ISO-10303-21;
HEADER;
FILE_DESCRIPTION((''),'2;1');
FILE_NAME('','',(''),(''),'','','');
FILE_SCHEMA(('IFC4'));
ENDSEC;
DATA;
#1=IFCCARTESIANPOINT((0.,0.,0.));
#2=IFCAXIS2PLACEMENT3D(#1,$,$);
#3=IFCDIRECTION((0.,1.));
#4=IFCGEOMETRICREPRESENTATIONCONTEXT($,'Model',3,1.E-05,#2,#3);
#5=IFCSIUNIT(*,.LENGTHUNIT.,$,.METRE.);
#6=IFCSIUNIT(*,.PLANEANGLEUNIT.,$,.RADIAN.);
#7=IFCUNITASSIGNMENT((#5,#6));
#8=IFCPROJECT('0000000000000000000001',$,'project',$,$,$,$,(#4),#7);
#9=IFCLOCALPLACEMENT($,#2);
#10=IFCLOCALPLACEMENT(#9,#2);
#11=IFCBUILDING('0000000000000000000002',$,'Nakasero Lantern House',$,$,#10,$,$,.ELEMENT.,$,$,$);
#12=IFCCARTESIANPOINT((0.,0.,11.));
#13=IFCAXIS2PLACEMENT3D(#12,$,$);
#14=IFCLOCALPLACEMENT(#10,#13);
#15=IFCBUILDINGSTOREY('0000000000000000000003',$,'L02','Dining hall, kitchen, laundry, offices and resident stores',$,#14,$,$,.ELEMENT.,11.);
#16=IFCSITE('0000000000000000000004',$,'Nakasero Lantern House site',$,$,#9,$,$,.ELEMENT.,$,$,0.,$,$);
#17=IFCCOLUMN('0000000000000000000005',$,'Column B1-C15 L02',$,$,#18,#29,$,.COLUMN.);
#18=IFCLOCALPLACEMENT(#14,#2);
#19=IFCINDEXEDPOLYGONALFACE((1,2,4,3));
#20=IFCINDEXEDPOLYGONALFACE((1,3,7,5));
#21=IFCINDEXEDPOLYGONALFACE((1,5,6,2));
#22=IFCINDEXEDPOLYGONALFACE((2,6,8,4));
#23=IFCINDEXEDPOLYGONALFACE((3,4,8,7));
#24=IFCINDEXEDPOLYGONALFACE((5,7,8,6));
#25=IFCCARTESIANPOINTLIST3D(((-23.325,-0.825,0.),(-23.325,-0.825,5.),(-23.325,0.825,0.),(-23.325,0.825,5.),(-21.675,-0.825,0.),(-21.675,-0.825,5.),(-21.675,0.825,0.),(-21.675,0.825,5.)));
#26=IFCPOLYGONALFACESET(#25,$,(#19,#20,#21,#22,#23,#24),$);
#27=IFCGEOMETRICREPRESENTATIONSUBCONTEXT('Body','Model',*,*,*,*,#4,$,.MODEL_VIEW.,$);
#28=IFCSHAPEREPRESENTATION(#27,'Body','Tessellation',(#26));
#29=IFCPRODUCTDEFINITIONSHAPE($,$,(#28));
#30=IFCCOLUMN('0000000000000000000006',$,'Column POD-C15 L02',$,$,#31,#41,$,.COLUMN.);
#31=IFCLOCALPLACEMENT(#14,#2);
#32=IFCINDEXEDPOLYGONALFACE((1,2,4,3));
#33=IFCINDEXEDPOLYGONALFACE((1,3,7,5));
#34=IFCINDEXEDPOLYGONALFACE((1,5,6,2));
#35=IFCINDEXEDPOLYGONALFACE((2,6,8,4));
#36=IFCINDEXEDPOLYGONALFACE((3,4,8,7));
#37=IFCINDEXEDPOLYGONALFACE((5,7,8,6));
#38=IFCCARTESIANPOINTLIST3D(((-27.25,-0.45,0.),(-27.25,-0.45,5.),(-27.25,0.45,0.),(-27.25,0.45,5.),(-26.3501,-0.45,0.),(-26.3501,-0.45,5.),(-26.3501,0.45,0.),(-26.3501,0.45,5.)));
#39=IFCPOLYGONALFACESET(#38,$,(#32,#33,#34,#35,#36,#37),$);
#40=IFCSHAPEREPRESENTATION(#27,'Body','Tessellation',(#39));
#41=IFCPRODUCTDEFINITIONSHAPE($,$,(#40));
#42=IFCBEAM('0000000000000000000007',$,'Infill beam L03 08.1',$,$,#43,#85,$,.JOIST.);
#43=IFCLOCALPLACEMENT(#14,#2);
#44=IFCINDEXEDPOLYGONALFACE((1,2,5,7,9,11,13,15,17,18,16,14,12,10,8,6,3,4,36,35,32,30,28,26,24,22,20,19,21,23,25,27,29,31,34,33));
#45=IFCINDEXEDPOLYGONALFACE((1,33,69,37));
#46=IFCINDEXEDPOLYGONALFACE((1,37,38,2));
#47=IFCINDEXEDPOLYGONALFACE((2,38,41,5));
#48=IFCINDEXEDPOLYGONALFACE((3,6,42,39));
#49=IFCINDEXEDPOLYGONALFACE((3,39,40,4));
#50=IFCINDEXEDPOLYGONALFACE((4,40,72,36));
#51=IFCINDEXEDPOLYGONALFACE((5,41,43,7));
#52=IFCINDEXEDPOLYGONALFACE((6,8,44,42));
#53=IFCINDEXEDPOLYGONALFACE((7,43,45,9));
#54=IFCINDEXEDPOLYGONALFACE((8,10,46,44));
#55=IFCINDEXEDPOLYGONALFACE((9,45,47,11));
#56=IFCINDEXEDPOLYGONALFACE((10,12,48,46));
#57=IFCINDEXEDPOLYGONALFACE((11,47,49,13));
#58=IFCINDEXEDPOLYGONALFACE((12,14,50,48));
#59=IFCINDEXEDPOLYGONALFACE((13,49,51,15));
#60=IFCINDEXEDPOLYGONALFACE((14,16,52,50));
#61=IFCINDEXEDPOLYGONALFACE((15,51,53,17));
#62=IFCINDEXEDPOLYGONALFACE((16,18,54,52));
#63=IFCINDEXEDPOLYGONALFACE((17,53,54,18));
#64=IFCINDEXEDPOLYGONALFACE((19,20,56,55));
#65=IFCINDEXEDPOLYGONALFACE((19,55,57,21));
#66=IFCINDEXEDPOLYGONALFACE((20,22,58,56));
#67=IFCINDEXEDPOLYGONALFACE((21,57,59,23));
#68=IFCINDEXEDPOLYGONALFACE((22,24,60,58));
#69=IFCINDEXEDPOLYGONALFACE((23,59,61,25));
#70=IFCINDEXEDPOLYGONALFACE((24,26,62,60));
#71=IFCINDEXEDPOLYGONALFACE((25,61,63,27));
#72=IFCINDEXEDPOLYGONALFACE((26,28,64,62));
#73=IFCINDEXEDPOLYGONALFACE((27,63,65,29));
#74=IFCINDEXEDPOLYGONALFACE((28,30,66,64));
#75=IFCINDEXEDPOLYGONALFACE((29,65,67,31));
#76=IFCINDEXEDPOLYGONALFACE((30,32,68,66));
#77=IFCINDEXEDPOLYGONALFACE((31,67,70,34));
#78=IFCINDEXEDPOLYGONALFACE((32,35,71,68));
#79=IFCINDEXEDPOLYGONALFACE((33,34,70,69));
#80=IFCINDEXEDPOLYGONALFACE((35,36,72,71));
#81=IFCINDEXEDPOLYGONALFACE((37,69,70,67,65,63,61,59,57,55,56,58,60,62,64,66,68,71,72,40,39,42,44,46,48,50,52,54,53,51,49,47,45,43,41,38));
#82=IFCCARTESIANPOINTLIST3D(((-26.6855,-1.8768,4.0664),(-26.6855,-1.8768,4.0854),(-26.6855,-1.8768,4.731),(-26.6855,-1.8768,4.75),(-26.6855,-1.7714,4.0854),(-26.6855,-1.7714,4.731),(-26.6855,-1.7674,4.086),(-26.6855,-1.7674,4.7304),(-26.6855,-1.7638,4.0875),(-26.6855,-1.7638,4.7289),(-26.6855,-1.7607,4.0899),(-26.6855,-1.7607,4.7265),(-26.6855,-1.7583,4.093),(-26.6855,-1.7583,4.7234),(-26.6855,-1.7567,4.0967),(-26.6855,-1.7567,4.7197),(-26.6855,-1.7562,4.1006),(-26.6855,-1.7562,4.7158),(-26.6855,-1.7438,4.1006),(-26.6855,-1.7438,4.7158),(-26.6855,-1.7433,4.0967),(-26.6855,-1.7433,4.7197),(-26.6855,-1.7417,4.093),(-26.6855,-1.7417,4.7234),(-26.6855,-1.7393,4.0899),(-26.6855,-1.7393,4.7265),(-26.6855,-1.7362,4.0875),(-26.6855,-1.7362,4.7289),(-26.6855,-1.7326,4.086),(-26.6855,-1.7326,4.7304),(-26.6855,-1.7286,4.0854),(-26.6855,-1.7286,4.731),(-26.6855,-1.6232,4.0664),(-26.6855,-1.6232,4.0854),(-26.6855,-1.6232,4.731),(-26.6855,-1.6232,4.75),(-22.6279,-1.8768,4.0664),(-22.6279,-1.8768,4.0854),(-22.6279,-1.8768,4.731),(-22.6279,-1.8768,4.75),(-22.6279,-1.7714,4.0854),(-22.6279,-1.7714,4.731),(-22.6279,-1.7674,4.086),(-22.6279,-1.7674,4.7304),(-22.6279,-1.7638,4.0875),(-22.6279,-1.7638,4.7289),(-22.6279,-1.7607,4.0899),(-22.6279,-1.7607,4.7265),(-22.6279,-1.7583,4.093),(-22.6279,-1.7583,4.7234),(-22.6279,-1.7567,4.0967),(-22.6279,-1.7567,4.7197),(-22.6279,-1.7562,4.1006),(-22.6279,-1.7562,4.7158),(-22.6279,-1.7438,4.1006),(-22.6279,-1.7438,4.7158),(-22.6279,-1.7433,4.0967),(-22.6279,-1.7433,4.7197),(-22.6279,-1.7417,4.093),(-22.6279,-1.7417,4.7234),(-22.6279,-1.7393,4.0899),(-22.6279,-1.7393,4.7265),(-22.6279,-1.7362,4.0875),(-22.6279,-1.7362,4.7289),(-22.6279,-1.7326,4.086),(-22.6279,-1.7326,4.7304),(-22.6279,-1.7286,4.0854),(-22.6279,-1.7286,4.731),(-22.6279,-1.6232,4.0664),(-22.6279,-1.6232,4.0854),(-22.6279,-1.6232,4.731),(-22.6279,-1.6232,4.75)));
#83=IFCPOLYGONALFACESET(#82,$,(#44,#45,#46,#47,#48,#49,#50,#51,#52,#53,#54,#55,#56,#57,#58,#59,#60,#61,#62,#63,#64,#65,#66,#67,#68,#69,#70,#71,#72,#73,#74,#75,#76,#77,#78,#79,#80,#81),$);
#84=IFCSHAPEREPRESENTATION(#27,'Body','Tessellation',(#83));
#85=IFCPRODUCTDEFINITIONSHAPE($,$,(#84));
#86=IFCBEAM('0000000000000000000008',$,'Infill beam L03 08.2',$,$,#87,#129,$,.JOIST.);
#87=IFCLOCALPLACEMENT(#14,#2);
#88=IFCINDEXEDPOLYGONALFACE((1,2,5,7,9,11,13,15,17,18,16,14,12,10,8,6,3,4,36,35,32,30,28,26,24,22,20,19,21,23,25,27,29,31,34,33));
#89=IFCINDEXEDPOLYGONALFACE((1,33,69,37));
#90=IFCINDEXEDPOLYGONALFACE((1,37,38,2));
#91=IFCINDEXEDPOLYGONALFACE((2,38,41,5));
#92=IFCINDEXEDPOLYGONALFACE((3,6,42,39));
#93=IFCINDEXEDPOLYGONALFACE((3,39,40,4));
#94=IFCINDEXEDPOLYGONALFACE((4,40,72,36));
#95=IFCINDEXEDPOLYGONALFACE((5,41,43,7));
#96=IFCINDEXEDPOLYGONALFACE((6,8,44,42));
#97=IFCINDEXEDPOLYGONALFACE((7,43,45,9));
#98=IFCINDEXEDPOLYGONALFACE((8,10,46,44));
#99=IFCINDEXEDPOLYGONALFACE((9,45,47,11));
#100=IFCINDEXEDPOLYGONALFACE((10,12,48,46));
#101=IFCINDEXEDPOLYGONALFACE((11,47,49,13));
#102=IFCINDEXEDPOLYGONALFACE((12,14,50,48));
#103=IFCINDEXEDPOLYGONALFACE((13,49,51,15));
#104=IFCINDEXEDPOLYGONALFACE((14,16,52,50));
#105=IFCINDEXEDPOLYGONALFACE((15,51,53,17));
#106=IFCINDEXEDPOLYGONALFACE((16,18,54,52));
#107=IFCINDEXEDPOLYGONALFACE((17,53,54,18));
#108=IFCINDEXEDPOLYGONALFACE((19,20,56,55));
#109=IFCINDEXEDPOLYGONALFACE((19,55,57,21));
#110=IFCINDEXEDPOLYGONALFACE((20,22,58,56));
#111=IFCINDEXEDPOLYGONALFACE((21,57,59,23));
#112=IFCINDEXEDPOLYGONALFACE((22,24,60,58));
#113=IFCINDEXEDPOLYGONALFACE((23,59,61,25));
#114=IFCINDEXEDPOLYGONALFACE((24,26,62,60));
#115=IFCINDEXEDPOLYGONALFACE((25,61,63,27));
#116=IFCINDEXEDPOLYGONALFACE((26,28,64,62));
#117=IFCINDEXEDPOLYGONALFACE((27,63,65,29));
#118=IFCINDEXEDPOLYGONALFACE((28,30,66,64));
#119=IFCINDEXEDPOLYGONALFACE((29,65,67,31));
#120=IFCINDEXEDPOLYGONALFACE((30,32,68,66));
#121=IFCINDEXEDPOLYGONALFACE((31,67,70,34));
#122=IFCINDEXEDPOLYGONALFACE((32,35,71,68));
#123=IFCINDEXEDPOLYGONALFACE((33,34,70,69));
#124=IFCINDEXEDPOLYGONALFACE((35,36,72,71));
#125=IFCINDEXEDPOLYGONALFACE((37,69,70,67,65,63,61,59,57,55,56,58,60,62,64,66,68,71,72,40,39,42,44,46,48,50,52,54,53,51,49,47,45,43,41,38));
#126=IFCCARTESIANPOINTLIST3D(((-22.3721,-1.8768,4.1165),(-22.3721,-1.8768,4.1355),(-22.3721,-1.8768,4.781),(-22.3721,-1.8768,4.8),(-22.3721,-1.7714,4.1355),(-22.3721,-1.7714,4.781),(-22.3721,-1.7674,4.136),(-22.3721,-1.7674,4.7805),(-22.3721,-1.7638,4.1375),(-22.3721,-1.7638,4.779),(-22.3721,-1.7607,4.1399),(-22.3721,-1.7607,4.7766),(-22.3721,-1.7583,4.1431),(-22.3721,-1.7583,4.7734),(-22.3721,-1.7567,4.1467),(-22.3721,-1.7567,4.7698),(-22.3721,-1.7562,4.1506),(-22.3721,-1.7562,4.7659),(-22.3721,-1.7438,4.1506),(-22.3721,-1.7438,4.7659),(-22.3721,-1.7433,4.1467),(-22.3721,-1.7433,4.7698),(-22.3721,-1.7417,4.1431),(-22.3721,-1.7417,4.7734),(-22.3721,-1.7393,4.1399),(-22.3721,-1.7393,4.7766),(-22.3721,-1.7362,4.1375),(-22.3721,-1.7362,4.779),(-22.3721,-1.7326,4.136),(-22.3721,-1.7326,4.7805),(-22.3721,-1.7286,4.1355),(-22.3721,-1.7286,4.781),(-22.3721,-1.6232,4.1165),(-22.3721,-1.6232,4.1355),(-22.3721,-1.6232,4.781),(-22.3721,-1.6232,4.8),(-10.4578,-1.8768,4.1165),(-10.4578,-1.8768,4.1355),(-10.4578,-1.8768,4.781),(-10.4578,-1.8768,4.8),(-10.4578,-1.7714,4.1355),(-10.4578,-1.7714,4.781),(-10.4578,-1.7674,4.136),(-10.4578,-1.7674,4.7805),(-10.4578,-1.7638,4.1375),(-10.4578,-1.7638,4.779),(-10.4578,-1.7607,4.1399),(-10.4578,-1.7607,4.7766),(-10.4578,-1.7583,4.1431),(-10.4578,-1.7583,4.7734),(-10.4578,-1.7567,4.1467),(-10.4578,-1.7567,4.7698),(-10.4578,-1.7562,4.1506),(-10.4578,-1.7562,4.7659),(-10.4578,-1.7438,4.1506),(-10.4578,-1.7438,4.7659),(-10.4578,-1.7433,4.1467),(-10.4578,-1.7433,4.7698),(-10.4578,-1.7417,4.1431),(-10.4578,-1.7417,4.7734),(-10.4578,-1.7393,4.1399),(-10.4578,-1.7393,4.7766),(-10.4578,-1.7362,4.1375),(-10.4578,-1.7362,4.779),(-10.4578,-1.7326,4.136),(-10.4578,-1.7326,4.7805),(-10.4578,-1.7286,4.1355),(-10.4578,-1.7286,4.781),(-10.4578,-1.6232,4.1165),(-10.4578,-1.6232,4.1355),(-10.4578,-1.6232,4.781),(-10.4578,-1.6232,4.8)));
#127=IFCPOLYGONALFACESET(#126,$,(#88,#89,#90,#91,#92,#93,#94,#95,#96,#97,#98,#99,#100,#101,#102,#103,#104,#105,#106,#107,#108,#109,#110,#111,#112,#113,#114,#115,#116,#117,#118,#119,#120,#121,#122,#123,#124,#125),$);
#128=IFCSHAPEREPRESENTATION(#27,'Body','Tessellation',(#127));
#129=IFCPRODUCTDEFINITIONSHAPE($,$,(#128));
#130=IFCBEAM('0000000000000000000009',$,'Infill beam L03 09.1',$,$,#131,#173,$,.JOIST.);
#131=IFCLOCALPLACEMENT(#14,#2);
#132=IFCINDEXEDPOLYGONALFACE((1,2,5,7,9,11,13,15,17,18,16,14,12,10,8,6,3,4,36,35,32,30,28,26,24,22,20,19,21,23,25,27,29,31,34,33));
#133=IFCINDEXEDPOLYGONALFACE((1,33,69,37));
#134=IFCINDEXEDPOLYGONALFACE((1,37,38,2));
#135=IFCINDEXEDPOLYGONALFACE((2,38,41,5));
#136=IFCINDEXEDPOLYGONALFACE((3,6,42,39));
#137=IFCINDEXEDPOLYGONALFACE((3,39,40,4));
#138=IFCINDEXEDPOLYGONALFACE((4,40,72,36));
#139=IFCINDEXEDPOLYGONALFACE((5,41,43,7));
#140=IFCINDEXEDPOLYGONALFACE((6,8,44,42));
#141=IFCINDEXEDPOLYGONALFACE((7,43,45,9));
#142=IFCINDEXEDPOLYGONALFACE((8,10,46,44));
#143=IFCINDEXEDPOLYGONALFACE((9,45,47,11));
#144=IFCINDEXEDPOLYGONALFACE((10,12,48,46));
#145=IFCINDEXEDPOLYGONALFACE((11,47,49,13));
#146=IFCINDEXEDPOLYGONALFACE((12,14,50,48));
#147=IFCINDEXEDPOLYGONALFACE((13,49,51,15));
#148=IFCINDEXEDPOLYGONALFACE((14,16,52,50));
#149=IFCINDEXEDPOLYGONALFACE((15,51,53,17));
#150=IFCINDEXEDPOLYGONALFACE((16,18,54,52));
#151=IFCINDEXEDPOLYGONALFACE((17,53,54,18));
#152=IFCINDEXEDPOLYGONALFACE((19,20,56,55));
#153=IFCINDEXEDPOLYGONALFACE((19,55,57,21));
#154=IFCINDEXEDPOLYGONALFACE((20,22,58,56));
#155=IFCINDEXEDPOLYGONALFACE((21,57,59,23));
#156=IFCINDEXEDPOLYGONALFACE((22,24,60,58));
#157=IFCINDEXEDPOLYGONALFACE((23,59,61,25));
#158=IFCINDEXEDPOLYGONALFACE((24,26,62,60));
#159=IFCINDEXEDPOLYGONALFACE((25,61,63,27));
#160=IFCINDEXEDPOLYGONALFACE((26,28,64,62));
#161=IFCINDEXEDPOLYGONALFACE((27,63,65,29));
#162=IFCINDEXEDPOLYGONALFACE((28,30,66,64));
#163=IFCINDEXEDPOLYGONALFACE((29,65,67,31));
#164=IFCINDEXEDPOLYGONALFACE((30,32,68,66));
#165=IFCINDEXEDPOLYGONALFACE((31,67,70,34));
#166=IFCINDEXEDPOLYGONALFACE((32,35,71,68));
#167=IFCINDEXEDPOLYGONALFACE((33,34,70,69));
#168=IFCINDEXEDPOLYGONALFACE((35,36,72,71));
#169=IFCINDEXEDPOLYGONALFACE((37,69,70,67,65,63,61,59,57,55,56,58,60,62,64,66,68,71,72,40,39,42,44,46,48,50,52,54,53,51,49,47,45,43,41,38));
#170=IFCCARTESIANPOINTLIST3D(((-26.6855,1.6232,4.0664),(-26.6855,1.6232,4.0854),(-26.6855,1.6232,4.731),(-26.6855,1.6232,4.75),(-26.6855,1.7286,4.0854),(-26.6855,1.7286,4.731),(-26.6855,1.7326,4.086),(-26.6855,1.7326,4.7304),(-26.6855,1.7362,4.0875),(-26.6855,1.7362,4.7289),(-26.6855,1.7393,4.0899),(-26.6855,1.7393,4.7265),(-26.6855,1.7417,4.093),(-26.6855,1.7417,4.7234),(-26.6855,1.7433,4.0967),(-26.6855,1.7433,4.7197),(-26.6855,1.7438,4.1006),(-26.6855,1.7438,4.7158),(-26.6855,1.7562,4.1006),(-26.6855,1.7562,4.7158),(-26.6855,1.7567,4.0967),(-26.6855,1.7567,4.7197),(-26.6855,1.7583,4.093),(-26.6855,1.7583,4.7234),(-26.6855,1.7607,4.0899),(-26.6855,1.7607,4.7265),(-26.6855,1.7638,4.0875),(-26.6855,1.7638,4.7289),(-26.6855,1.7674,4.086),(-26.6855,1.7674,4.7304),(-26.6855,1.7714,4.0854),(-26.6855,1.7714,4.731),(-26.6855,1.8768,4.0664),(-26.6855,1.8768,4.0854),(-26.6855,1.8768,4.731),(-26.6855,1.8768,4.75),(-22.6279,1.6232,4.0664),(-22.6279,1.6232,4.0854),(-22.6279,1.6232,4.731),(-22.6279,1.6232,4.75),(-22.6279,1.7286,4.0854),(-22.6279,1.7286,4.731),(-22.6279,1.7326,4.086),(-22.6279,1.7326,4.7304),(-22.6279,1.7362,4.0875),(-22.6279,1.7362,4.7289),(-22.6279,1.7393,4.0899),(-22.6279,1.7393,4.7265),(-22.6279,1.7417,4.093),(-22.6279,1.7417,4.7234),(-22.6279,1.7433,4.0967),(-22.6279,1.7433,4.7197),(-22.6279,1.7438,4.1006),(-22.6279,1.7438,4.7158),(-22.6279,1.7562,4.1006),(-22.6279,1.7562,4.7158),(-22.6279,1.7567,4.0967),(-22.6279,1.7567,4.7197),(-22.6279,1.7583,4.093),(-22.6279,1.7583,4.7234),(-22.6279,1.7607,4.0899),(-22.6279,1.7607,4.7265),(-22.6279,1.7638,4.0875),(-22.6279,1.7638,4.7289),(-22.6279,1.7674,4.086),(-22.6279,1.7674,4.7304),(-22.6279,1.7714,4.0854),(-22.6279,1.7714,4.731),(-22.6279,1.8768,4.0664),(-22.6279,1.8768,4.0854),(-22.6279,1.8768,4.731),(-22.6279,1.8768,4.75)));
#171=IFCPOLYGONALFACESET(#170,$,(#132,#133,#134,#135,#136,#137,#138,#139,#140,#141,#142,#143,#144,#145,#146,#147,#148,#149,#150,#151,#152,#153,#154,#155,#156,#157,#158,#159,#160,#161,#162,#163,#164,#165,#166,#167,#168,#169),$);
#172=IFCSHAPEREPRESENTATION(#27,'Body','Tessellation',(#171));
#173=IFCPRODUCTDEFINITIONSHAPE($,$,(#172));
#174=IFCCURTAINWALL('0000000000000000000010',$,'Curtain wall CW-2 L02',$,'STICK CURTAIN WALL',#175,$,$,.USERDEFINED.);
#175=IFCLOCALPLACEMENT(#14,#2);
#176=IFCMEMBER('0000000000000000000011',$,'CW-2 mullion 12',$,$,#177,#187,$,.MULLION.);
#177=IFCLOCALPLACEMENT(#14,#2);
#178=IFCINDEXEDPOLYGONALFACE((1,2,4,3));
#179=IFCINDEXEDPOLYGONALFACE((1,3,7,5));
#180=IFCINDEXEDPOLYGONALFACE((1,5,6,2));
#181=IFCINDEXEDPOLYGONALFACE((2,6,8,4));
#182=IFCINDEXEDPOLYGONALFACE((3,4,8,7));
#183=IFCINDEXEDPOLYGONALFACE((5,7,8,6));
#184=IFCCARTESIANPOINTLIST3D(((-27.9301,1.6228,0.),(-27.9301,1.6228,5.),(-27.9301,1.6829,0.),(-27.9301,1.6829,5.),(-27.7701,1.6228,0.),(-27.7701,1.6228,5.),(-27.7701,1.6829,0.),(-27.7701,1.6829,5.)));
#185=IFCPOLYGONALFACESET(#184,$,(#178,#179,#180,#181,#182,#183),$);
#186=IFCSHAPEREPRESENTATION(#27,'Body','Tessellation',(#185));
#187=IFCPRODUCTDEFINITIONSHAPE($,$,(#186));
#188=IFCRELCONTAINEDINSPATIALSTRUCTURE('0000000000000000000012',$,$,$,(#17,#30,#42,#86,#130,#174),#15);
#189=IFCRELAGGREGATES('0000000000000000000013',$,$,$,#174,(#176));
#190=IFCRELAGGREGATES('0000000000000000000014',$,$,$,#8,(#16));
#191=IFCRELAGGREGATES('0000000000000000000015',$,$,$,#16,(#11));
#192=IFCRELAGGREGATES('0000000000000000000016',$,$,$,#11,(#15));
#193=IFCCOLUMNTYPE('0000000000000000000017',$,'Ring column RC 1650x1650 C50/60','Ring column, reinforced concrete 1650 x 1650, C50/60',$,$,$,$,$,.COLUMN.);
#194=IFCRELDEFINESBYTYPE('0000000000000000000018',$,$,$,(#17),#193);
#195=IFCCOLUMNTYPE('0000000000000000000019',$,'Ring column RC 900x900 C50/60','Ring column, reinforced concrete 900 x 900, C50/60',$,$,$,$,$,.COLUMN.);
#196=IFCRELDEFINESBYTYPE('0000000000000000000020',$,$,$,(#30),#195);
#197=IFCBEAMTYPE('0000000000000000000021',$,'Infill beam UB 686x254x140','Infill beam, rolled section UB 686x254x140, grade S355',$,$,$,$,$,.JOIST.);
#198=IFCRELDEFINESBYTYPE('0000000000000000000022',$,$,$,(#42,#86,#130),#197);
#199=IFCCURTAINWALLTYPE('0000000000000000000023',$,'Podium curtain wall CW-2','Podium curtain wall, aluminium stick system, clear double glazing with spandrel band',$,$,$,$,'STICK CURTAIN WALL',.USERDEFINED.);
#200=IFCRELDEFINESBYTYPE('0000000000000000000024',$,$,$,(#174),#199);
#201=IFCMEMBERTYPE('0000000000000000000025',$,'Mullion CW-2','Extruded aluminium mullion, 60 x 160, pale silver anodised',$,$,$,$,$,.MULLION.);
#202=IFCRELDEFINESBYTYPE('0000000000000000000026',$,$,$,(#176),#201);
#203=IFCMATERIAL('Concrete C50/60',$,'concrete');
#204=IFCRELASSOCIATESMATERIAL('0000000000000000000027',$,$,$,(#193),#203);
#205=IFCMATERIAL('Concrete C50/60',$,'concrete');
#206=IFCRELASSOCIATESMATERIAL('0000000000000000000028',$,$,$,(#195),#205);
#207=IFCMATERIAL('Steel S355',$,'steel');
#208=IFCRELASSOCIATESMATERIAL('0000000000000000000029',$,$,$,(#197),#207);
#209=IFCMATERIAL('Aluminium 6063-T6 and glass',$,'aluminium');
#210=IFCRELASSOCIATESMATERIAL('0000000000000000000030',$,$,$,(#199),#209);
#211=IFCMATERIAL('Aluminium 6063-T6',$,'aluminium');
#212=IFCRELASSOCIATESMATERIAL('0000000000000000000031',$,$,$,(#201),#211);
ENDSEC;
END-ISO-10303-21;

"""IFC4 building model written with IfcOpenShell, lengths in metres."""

from ifc_helpers import new_model, si_unit, direction, frame, origin, origin_2d, place, context, subcontext, project, spatial, rectangle, i_section, extrude, material, material_profile, profile_set, type_object, element, aggregate, save


model = new_model("IFC4")

# Units and contexts
model_context = context("Model", 3, precision=1e-05, world=origin(), true_north=direction((0.0, 1.0)))
body_context = subcontext(model_context, "Body", "Model", "MODEL_VIEW")
ifc_project = project(units=[si_unit("LENGTHUNIT", "METRE"), si_unit("PLANEANGLEUNIT", "RADIAN")], contexts=[model_context])

# Site, building, storey
site_placement = place(None, origin())
site = spatial("IfcSite", under=ifc_project, at=site_placement, Name="Nakasero Lantern House site", CompositionType="ELEMENT", RefElevation=0.0)
building_placement = place(site_placement, origin())
building = spatial("IfcBuilding", under=site, at=building_placement, Name="Nakasero Lantern House", CompositionType="ELEMENT")
storey_placement = place(building_placement, frame((0.0, 0.0, 11.0)))
storey = spatial("IfcBuildingStorey", under=building, at=storey_placement, Name="L02", Description="Dining hall, kitchen, laundry, offices and resident stores", CompositionType="ELEMENT", Elevation=11.0)

# Columns
ifc_material_1 = material(Name="Concrete C50/60", Category="concrete")
ifc_material_profile_1 = material_profile(ifc_material_1, rectangle(XDim=1.6499, YDim=1.6499, at=origin_2d()), Name="RC 1650x1650")
ifc_profile_set_1 = profile_set([ifc_material_profile_1], Name="Concrete C50/60")
column_type_1 = type_object("IfcColumnType", Name="Ring column RC 1650x1650 C50/60", Description="Ring column, reinforced concrete 1650 x 1650, C50/60", PredefinedType="COLUMN", material=ifc_profile_set_1)
column_1_placement = place(storey_placement, frame((-22.5, 0.0, 0.0), z_axis=(0.0, 0.0, 1.0), x_axis=(1.0, 0.0, 0.0)))
element("IfcColumn", 1, at=column_1_placement, inside=storey, type_object=column_type_1, Name="Column B1-C15 L02", PredefinedType="COLUMN", context=body_context, shape_type="SweptSolid", body=[
    extrude(rectangle(XDim=1.6499, YDim=1.6499, at=origin_2d()), origin(), (0.0, 0.0, 1.0), 5.0),
])
ifc_material_2 = material(Name="Concrete C50/60", Category="concrete")
ifc_material_profile_2 = material_profile(ifc_material_2, rectangle(XDim=0.8999, YDim=0.8999, at=origin_2d()), Name="RC 900x900")
ifc_profile_set_2 = profile_set([ifc_material_profile_2], Name="Concrete C50/60")
column_type_2 = type_object("IfcColumnType", Name="Ring column RC 900x900 C50/60", Description="Ring column, reinforced concrete 900 x 900, C50/60", PredefinedType="COLUMN", material=ifc_profile_set_2)
column_2_placement = place(storey_placement, frame((-26.8, 0.0, 0.0), z_axis=(0.0, 0.0, 1.0), x_axis=(1.0, 0.0, 0.0)))
element("IfcColumn", 2, at=column_2_placement, inside=storey, type_object=column_type_2, Name="Column POD-C15 L02", PredefinedType="COLUMN", context=body_context, shape_type="SweptSolid", body=[
    extrude(rectangle(XDim=0.8999, YDim=0.8999, at=origin_2d()), origin(), (0.0, 0.0, 1.0), 5.0),
])

# Beams
ifc_material_3 = material(Name="Steel S355", Category="steel")
ifc_material_profile_3 = material_profile(ifc_material_3, i_section(OverallWidth=0.2537, OverallDepth=0.6836, WebThickness=0.0125, FlangeThickness=0.019, FilletRadius=0.0151, at=origin_2d()), Name="UB 686x254x140")
ifc_profile_set_3 = profile_set([ifc_material_profile_3], Name="Steel S355")
beam_type_1 = type_object("IfcBeamType", Name="Infill beam UB 686x254x140", Description="Infill beam, rolled section UB 686x254x140, grade S355", PredefinedType="JOIST", material=ifc_profile_set_3)
beam_1_placement = place(storey_placement, frame((-26.6855, -1.75, 4.4082), z_axis=(1.0, 0.0, 0.0), x_axis=(0.0, 1.0, 0.0)))
element("IfcBeam", 3, at=beam_1_placement, inside=storey, type_object=beam_type_1, Name="Infill beam L03 08.1", PredefinedType="JOIST", context=body_context, shape_type="SweptSolid", body=[
    extrude(i_section(OverallWidth=0.2537, OverallDepth=0.6836, WebThickness=0.0125, FlangeThickness=0.019, FilletRadius=0.0151, at=origin_2d()), origin(), (0.0, 0.0, 1.0), 4.0576),
])
beam_2_placement = place(storey_placement, frame((-22.3721, -1.75, 4.4583), z_axis=(1.0, 0.0, 0.0), x_axis=(0.0, 1.0, 0.0)))
element("IfcBeam", 4, at=beam_2_placement, inside=storey, type_object=beam_type_1, Name="Infill beam L03 08.2", PredefinedType="JOIST", context=body_context, shape_type="SweptSolid", body=[
    extrude(i_section(OverallWidth=0.2537, OverallDepth=0.6836, WebThickness=0.0125, FlangeThickness=0.019, FilletRadius=0.0151, at=origin_2d()), origin(), (0.0, 0.0, 1.0), 11.9143),
])
beam_3_placement = place(storey_placement, frame((-26.6855, 1.75, 4.4082), z_axis=(1.0, 0.0, 0.0), x_axis=(0.0, 1.0, 0.0)))
element("IfcBeam", 5, at=beam_3_placement, inside=storey, type_object=beam_type_1, Name="Infill beam L03 09.1", PredefinedType="JOIST", context=body_context, shape_type="SweptSolid", body=[
    extrude(i_section(OverallWidth=0.2537, OverallDepth=0.6836, WebThickness=0.0125, FlangeThickness=0.019, FilletRadius=0.0151, at=origin_2d()), origin(), (0.0, 0.0, 1.0), 4.0576),
])

# Curtain wall, member
ifc_material_4 = material(Name="Aluminium 6063-T6 and glass", Category="aluminium")
curtain_wall_type = type_object("IfcCurtainWallType", Name="Podium curtain wall CW-2", Description="Podium curtain wall, aluminium stick system, clear double glazing with spandrel band", ElementType="STICK CURTAIN WALL", PredefinedType="USERDEFINED", material=ifc_material_4)
curtain_wall_placement = place(storey_placement, origin())
curtain_wall = element("IfcCurtainWall", 6, at=curtain_wall_placement, inside=storey, type_object=curtain_wall_type, Name="Curtain wall CW-2 L02", ObjectType="STICK CURTAIN WALL", PredefinedType="USERDEFINED")
ifc_material_5 = material(Name="Aluminium 6063-T6", Category="aluminium")
ifc_material_profile_4 = material_profile(ifc_material_5, rectangle(XDim=0.0601, YDim=0.1599, at=origin_2d()), Name="CW-2 mullion 60x160")
ifc_profile_set_4 = profile_set([ifc_material_profile_4], Name="Aluminium 6063-T6")
member_type_1 = type_object("IfcMemberType", Name="Mullion CW-2", Description="Extruded aluminium mullion, 60 x 160, pale silver anodised", PredefinedType="MULLION", material=ifc_profile_set_4)
member_1_placement = place(storey_placement, frame((-27.8501, 1.6528, 0.0), z_axis=(0.0, 0.0, 1.0), x_axis=(0.0, -1.0, 0.0)))
member_1 = element("IfcMember", 7, at=member_1_placement, type_object=member_type_1, Name="CW-2 mullion 12", PredefinedType="MULLION", context=body_context, shape_type="SweptSolid", body=[
    extrude(rectangle(XDim=0.0601, YDim=0.1599, at=origin_2d()), origin(), (0.0, 0.0, 1.0), 5.0),
])

aggregate(curtain_wall, [member_1])

save(model, "model.ifc")
